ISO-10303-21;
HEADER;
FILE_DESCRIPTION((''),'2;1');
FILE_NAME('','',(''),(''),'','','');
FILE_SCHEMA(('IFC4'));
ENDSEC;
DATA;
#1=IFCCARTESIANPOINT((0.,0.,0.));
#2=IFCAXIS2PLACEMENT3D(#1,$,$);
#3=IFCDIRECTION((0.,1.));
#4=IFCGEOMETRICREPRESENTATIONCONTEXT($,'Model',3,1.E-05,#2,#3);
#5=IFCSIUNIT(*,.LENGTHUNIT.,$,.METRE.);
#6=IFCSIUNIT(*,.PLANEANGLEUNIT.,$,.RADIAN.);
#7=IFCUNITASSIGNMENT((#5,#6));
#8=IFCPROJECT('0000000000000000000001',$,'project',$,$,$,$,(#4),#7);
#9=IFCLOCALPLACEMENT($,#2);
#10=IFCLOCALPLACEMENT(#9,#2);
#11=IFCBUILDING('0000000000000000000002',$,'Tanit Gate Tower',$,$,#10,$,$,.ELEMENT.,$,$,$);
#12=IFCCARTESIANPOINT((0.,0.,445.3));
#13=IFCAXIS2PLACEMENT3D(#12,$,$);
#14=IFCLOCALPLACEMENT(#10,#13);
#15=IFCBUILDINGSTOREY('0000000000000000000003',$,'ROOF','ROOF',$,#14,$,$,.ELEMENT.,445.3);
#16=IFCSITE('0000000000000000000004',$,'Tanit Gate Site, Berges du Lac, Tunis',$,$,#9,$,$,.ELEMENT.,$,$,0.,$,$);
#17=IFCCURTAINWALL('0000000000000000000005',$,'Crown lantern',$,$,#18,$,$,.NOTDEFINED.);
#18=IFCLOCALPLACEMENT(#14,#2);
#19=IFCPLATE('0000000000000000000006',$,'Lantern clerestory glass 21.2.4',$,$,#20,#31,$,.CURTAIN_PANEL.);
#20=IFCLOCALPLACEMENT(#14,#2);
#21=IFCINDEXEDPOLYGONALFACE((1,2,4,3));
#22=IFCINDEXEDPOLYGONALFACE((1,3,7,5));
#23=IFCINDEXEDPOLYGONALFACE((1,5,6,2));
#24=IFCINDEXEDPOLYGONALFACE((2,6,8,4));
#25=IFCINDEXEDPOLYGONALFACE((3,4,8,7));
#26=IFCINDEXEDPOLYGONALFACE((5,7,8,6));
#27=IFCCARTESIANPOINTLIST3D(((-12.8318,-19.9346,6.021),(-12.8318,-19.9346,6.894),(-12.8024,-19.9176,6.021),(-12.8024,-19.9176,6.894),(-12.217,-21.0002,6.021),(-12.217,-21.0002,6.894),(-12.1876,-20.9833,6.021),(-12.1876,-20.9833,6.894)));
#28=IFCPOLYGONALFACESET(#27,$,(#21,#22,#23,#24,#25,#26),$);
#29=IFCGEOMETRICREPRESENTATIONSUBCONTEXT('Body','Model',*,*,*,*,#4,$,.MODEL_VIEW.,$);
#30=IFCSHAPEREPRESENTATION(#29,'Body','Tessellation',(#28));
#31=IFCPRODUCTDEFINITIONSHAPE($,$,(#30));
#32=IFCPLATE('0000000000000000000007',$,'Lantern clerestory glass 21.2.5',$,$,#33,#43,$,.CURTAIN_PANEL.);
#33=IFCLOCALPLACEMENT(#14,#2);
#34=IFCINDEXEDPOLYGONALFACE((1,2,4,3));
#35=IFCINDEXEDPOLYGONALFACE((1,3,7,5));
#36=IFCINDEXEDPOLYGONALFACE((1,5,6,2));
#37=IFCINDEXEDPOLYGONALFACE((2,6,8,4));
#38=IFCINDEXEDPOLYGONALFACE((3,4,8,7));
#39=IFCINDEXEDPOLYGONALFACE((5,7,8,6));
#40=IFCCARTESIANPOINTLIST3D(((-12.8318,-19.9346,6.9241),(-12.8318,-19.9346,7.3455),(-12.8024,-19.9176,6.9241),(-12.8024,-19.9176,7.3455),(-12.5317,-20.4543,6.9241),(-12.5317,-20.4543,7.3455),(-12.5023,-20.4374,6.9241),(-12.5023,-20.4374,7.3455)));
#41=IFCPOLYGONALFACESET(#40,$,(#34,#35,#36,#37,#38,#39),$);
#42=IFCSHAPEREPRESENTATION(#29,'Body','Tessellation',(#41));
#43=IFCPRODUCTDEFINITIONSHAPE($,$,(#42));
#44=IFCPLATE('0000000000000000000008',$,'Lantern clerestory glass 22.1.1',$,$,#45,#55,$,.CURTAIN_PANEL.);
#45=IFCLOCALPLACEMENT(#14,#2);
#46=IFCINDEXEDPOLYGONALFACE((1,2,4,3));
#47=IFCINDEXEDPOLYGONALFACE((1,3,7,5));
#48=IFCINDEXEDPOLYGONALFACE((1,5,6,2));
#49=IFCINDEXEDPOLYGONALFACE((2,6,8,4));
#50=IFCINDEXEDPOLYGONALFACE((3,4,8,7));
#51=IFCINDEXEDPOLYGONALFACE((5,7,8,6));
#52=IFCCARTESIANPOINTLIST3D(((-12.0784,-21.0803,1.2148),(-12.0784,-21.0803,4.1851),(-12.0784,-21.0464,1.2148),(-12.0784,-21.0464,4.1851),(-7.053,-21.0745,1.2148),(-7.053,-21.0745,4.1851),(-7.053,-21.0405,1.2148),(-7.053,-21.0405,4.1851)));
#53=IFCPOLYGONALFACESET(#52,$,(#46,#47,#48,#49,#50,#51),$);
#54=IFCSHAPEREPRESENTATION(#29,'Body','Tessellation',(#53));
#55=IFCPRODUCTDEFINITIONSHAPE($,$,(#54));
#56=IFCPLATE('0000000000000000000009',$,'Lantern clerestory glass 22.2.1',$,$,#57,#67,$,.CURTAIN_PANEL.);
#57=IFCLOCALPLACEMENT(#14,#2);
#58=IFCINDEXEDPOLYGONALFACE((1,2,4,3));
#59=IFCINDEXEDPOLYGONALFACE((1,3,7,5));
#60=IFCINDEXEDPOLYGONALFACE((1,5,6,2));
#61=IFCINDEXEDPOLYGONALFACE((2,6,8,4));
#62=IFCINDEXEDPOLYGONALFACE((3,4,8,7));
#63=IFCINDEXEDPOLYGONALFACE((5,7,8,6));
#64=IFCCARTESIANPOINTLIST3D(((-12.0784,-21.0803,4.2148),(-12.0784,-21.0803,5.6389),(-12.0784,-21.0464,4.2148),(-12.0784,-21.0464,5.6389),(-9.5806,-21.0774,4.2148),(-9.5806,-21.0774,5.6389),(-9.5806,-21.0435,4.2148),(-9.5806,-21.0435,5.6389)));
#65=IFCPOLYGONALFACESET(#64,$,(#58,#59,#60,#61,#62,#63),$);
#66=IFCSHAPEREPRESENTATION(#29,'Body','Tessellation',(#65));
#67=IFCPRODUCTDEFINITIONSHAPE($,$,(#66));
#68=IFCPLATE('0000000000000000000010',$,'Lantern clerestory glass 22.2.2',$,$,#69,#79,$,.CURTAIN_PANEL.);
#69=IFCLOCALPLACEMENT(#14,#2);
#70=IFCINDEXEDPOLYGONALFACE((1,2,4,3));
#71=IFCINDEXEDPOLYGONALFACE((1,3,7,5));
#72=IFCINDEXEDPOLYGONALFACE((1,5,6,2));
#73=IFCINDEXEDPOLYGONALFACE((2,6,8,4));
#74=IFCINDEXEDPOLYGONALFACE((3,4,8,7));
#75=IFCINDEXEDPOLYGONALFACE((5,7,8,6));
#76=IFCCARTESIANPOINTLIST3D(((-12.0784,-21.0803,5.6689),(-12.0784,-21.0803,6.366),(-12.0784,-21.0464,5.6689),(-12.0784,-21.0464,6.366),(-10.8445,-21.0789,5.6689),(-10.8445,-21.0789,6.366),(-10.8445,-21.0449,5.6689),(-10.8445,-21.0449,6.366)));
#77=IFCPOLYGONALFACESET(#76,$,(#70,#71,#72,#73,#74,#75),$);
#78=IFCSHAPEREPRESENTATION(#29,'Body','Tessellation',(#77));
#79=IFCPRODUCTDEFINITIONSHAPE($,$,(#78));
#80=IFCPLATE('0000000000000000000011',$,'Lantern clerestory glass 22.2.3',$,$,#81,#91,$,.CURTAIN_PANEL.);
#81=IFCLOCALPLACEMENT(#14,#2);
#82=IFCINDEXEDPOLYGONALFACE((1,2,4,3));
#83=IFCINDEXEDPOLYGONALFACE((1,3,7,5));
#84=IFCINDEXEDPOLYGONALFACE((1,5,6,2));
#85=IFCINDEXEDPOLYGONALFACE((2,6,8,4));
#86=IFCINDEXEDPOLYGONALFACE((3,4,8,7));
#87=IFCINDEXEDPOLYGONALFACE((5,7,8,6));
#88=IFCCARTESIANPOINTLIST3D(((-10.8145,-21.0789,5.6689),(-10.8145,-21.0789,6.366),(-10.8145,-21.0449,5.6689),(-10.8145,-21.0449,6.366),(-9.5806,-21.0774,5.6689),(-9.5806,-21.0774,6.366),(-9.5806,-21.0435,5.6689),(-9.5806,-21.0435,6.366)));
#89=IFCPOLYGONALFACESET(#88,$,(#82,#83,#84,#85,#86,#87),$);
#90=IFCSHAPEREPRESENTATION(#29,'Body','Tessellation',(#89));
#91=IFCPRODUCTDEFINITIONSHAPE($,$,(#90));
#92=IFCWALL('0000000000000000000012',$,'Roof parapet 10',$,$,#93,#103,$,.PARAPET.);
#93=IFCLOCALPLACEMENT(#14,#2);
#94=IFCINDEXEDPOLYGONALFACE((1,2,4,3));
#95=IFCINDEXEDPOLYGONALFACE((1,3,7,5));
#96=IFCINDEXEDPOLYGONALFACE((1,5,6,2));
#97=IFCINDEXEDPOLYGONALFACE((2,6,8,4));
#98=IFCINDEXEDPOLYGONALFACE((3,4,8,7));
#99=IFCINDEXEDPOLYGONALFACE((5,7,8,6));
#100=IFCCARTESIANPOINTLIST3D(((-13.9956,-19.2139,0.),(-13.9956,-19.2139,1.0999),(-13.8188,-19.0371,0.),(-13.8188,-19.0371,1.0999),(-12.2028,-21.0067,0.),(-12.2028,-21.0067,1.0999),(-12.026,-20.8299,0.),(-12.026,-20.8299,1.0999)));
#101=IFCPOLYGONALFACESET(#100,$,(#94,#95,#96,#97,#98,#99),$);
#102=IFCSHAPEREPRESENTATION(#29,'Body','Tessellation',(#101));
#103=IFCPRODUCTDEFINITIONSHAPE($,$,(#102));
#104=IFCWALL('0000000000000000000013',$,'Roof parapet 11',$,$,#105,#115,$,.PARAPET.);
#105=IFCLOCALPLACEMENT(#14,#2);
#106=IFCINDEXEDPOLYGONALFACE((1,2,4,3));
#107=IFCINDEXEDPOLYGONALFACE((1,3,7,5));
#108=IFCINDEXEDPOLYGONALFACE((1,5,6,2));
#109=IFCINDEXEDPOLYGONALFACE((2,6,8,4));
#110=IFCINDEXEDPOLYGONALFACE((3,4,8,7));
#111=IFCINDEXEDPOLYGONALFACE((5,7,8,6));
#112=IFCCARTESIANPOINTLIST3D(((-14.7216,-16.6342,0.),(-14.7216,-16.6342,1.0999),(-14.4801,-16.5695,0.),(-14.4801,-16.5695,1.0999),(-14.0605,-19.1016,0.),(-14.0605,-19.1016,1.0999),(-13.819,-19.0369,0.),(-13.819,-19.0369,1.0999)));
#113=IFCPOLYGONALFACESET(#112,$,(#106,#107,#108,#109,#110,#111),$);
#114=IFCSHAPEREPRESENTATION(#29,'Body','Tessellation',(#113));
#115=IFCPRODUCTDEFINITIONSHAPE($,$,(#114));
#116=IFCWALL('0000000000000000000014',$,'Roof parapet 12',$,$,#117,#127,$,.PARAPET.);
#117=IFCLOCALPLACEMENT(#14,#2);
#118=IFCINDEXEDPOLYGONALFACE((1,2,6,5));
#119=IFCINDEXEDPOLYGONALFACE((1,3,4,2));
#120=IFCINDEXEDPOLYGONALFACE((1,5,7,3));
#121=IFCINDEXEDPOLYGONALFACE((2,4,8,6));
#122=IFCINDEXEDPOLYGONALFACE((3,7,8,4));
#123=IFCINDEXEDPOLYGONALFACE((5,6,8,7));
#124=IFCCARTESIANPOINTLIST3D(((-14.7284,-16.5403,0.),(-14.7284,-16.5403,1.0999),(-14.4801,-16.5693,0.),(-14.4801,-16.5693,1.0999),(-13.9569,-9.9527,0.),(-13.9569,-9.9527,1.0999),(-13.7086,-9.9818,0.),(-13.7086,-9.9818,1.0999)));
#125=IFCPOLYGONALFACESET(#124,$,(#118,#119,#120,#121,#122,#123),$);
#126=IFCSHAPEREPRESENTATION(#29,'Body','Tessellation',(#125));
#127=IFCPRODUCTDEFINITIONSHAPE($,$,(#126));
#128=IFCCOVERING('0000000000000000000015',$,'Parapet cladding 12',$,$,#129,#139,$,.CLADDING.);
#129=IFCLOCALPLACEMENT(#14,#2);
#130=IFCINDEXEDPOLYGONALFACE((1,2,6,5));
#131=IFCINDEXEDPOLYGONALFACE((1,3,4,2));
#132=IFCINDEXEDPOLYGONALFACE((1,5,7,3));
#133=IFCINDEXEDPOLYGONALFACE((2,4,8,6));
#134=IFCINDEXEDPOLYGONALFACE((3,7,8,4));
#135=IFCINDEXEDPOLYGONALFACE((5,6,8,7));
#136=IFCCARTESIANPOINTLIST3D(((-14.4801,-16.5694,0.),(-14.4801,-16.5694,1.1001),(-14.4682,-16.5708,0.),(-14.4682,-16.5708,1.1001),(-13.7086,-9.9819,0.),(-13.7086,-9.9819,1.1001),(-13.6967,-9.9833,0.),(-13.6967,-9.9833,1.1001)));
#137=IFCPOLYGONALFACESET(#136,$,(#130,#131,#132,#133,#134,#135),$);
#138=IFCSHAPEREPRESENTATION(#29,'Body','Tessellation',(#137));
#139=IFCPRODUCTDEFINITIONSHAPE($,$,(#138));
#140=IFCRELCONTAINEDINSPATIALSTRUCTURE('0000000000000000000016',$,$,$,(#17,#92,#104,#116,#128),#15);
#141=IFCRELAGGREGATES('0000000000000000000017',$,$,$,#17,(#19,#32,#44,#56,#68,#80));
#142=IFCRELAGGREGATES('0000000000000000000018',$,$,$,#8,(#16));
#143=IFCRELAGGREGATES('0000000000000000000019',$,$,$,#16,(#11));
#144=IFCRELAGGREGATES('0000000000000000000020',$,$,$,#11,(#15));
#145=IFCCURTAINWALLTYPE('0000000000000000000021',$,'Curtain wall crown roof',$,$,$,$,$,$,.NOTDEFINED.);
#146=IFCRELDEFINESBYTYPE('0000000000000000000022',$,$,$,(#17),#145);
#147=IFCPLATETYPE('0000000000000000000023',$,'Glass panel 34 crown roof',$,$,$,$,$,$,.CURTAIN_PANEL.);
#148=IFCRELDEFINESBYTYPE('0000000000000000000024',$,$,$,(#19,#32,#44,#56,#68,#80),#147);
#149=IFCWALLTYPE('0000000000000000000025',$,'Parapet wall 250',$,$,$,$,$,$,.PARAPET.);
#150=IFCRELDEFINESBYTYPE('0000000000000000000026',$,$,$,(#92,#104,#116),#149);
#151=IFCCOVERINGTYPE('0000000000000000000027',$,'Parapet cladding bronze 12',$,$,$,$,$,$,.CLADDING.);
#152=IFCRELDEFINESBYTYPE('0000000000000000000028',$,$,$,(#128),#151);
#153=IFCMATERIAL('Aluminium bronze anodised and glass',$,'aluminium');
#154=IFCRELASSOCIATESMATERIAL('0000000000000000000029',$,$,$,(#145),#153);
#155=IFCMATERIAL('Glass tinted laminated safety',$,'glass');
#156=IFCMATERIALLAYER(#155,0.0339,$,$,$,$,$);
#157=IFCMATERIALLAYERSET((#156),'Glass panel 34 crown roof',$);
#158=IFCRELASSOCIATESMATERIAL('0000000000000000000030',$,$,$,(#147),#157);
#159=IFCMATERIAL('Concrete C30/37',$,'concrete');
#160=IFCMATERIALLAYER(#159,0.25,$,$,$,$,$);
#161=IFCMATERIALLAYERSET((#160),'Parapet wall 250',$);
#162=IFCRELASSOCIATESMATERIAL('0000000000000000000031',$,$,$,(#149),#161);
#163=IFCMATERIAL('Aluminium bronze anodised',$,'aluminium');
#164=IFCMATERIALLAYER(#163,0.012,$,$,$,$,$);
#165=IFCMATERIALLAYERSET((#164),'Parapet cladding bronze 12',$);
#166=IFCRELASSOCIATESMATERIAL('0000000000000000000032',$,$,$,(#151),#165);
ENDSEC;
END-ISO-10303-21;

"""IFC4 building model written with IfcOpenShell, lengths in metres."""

from ifc_helpers import new_model, si_unit, direction, frame, frame_2d, origin, origin_2d, place, context, subcontext, project, spatial, polyline, rectangle, outline, extrude, material, layer, layer_set, type_object, element, aggregate, save


model = new_model("IFC4")

# Units and contexts
model_context = context("Model", 3, precision=1e-05, world=origin(), true_north=direction((0.0, 1.0)))
body_context = subcontext(model_context, "Body", "Model", "MODEL_VIEW")
ifc_project = project(units=[si_unit("LENGTHUNIT", "METRE"), si_unit("PLANEANGLEUNIT", "RADIAN")], contexts=[model_context])

# Site, building, storey
site_placement = place(None, origin())
site = spatial("IfcSite", under=ifc_project, at=site_placement, Name="Tanit Gate Site, Berges du Lac, Tunis", CompositionType="ELEMENT", RefElevation=0.0)
building_placement = place(site_placement, origin())
building = spatial("IfcBuilding", under=site, at=building_placement, Name="Tanit Gate Tower", CompositionType="ELEMENT")
storey_placement = place(building_placement, frame((0.0, 0.0, 445.3)))
storey = spatial("IfcBuildingStorey", under=building, at=storey_placement, Name="ROOF", Description="ROOF", CompositionType="ELEMENT", Elevation=445.3)

# Curtain wall, plates
ifc_material_1 = material(Name="Aluminium bronze anodised and glass", Category="aluminium")
curtain_wall_type = type_object("IfcCurtainWallType", Name="Curtain wall crown roof", PredefinedType="NOTDEFINED", material=ifc_material_1)
curtain_wall_placement = place(storey_placement, origin())
curtain_wall = element("IfcCurtainWall", 1, at=curtain_wall_placement, inside=storey, type_object=curtain_wall_type, Name="Crown lantern", PredefinedType="NOTDEFINED")
ifc_material_2 = material(Name="Glass tinted laminated safety", Category="glass")
ifc_layer_1 = layer(ifc_material_2, 0.0339)
ifc_layer_set_1 = layer_set([ifc_layer_1], Name="Glass panel 34 crown roof")
plate_type = type_object("IfcPlateType", Name="Glass panel 34 crown roof", PredefinedType="CURTAIN_PANEL", material=ifc_layer_set_1)
plate_1_placement = place(storey_placement, frame((-12.8318, -19.9346, 6.021), z_axis=(-0.866209, -0.499682, 0.0), x_axis=(0.499682, -0.866209, 0.0)))
plate_1 = element("IfcPlate", 2, at=plate_1_placement, type_object=plate_type, Name="Lantern clerestory glass 21.2.4", PredefinedType="CURTAIN_PANEL", context=body_context, shape_type="SweptSolid", body=[
    extrude(outline(polyline([(0.0, 0.0), (1.2303, 0.0), (1.2303, 0.873), (0.0, 0.873), (0.0, 0.0)])), origin(), (0.0, 0.0, -1.0), 0.0339),
])
plate_2_placement = place(storey_placement, frame((-12.8318, -19.9346, 6.9241), z_axis=(-0.866057, -0.499945, 0.0), x_axis=(0.499945, -0.866057, 0.0)))
plate_2 = element("IfcPlate", 3, at=plate_2_placement, type_object=plate_type, Name="Lantern clerestory glass 21.2.5", PredefinedType="CURTAIN_PANEL", context=body_context, shape_type="SweptSolid", body=[
    extrude(outline(polyline([(0.0, 0.0), (0.6002, 0.0), (0.6002, 0.4214), (0.0, 0.4214), (0.0, 0.0)])), origin(), (0.0, 0.0, -1.0), 0.0339),
])
plate_3_placement = place(storey_placement, frame((-12.0784, -21.0803, 1.2148), z_axis=(0.001166, -0.999999, 0.0), x_axis=(0.999999, 0.001166, 0.0)))
plate_3 = element("IfcPlate", 4, at=plate_3_placement, type_object=plate_type, Name="Lantern clerestory glass 22.1.1", PredefinedType="CURTAIN_PANEL", context=body_context, shape_type="SweptSolid", body=[
    extrude(outline(polyline([(0.0, 0.0), (5.0254, 0.0), (5.0254, 2.9702), (0.0, 2.9702), (0.0, 0.0)])), origin(), (0.0, 0.0, -1.0), 0.0339),
])
plate_4_placement = place(storey_placement, frame((-12.0784, -21.0803, 4.2148), z_axis=(0.001173, -0.999999, 0.0), x_axis=(0.999999, 0.001173, 0.0)))
plate_4 = element("IfcPlate", 5, at=plate_4_placement, type_object=plate_type, Name="Lantern clerestory glass 22.2.1", PredefinedType="CURTAIN_PANEL", context=body_context, shape_type="SweptSolid", body=[
    extrude(outline(polyline([(0.0, 0.0), (2.4978, 0.0), (2.4978, 1.4241), (0.0, 1.4241), (0.0, 0.0)])), origin(), (0.0, 0.0, -1.0), 0.0339),
])
plate_5_placement = place(storey_placement, frame((-12.0784, -21.0803, 5.6689), z_axis=(0.001187, -0.999999, 0.0), x_axis=(0.999999, 0.001187, 0.0)))
plate_5 = element("IfcPlate", 6, at=plate_5_placement, type_object=plate_type, Name="Lantern clerestory glass 22.2.2", PredefinedType="CURTAIN_PANEL", context=body_context, shape_type="SweptSolid", body=[
    extrude(outline(polyline([(0.0, 0.0), (1.2339, 0.0), (1.2339, 0.697), (0.0, 0.697), (0.0, 0.0)])), origin(), (0.0, 0.0, -1.0), 0.0339),
])
plate_6_placement = place(storey_placement, frame((-10.8145, -21.0789, 5.6689), z_axis=(0.001187, -0.999999, 0.0), x_axis=(0.999999, 0.001187, 0.0)))
plate_6 = element("IfcPlate", 7, at=plate_6_placement, type_object=plate_type, Name="Lantern clerestory glass 22.2.3", PredefinedType="CURTAIN_PANEL", context=body_context, shape_type="SweptSolid", body=[
    extrude(outline(polyline([(0.0, 0.0), (1.2339, 0.0), (1.2339, 0.697), (0.0, 0.697), (0.0, 0.0)])), origin(), (0.0, 0.0, -1.0), 0.0339),
])
aggregate(curtain_wall, [plate_1, plate_2, plate_3, plate_4, plate_5, plate_6])

# Walls
ifc_material_3 = material(Name="Concrete C30/37", Category="concrete")
ifc_layer_2 = layer(ifc_material_3, 0.25)
ifc_layer_set_2 = layer_set([ifc_layer_2], Name="Parapet wall 250")
wall_type = type_object("IfcWallType", Name="Parapet wall 250", PredefinedType="PARAPET", material=ifc_layer_set_2)
wall_1_placement = place(storey_placement, frame((-12.1145, -20.9182, 0.0), z_axis=(0.0, 0.0, 1.0), x_axis=(-0.707107, 0.707107, 0.0)))
element("IfcWall", 8, at=wall_1_placement, inside=storey, type_object=wall_type, Name="Roof parapet 10", PredefinedType="PARAPET", context=body_context, shape_type="SweptSolid", body=[
    extrude(rectangle(XDim=2.5354, YDim=0.25, at=frame_2d((1.2676, 0.0))), origin(), (0.0, 0.0, 1.0), 1.0999),
])
wall_2_placement = place(storey_placement, frame((-13.9397, -19.0693, 0.0), z_axis=(0.0, 0.0, 1.0), x_axis=(-0.258805, 0.96593, 0.0)))
element("IfcWall", 9, at=wall_2_placement, inside=storey, type_object=wall_type, Name="Roof parapet 11", PredefinedType="PARAPET", context=body_context, shape_type="SweptSolid", body=[
    extrude(rectangle(XDim=2.5544, YDim=0.25, at=frame_2d((1.2773, 0.0))), origin(), (0.0, 0.0, 1.0), 1.0999),
])
wall_3_placement = place(storey_placement, frame((-14.6042, -16.5549, 0.0), z_axis=(0.0, 0.0, 1.0), x_axis=(0.116316, 0.993212, 0.0)))
element("IfcWall", 10, at=wall_3_placement, inside=storey, type_object=wall_type, Name="Roof parapet 12", PredefinedType="PARAPET", context=body_context, shape_type="SweptSolid", body=[
    extrude(rectangle(XDim=6.6326, YDim=0.25, at=frame_2d((3.3164, 0.0))), origin(), (0.0, 0.0, 1.0), 1.0999),
])

# Covering
ifc_material_4 = material(Name="Aluminium bronze anodised", Category="aluminium")
ifc_layer_3 = layer(ifc_material_4, 0.012)
ifc_layer_set_3 = layer_set([ifc_layer_3], Name="Parapet cladding bronze 12")
covering_type = type_object("IfcCoveringType", Name="Parapet cladding bronze 12", PredefinedType="CLADDING", material=ifc_layer_set_3)
covering_placement = place(storey_placement, frame((-14.0884, -13.2764, 0.0), z_axis=(0.0, 0.0, 1.0), x_axis=(0.116318, 0.993212, 0.0)))
element("IfcCovering", 11, at=covering_placement, inside=storey, type_object=covering_type, Name="Parapet cladding 12", PredefinedType="CLADDING", context=body_context, shape_type="SweptSolid", body=[
    extrude(rectangle(XDim=6.6326, YDim=0.012, at=origin_2d()), origin(), (0.0, 0.0, 1.0), 1.1001),
])

save(model, "model.ifc")
